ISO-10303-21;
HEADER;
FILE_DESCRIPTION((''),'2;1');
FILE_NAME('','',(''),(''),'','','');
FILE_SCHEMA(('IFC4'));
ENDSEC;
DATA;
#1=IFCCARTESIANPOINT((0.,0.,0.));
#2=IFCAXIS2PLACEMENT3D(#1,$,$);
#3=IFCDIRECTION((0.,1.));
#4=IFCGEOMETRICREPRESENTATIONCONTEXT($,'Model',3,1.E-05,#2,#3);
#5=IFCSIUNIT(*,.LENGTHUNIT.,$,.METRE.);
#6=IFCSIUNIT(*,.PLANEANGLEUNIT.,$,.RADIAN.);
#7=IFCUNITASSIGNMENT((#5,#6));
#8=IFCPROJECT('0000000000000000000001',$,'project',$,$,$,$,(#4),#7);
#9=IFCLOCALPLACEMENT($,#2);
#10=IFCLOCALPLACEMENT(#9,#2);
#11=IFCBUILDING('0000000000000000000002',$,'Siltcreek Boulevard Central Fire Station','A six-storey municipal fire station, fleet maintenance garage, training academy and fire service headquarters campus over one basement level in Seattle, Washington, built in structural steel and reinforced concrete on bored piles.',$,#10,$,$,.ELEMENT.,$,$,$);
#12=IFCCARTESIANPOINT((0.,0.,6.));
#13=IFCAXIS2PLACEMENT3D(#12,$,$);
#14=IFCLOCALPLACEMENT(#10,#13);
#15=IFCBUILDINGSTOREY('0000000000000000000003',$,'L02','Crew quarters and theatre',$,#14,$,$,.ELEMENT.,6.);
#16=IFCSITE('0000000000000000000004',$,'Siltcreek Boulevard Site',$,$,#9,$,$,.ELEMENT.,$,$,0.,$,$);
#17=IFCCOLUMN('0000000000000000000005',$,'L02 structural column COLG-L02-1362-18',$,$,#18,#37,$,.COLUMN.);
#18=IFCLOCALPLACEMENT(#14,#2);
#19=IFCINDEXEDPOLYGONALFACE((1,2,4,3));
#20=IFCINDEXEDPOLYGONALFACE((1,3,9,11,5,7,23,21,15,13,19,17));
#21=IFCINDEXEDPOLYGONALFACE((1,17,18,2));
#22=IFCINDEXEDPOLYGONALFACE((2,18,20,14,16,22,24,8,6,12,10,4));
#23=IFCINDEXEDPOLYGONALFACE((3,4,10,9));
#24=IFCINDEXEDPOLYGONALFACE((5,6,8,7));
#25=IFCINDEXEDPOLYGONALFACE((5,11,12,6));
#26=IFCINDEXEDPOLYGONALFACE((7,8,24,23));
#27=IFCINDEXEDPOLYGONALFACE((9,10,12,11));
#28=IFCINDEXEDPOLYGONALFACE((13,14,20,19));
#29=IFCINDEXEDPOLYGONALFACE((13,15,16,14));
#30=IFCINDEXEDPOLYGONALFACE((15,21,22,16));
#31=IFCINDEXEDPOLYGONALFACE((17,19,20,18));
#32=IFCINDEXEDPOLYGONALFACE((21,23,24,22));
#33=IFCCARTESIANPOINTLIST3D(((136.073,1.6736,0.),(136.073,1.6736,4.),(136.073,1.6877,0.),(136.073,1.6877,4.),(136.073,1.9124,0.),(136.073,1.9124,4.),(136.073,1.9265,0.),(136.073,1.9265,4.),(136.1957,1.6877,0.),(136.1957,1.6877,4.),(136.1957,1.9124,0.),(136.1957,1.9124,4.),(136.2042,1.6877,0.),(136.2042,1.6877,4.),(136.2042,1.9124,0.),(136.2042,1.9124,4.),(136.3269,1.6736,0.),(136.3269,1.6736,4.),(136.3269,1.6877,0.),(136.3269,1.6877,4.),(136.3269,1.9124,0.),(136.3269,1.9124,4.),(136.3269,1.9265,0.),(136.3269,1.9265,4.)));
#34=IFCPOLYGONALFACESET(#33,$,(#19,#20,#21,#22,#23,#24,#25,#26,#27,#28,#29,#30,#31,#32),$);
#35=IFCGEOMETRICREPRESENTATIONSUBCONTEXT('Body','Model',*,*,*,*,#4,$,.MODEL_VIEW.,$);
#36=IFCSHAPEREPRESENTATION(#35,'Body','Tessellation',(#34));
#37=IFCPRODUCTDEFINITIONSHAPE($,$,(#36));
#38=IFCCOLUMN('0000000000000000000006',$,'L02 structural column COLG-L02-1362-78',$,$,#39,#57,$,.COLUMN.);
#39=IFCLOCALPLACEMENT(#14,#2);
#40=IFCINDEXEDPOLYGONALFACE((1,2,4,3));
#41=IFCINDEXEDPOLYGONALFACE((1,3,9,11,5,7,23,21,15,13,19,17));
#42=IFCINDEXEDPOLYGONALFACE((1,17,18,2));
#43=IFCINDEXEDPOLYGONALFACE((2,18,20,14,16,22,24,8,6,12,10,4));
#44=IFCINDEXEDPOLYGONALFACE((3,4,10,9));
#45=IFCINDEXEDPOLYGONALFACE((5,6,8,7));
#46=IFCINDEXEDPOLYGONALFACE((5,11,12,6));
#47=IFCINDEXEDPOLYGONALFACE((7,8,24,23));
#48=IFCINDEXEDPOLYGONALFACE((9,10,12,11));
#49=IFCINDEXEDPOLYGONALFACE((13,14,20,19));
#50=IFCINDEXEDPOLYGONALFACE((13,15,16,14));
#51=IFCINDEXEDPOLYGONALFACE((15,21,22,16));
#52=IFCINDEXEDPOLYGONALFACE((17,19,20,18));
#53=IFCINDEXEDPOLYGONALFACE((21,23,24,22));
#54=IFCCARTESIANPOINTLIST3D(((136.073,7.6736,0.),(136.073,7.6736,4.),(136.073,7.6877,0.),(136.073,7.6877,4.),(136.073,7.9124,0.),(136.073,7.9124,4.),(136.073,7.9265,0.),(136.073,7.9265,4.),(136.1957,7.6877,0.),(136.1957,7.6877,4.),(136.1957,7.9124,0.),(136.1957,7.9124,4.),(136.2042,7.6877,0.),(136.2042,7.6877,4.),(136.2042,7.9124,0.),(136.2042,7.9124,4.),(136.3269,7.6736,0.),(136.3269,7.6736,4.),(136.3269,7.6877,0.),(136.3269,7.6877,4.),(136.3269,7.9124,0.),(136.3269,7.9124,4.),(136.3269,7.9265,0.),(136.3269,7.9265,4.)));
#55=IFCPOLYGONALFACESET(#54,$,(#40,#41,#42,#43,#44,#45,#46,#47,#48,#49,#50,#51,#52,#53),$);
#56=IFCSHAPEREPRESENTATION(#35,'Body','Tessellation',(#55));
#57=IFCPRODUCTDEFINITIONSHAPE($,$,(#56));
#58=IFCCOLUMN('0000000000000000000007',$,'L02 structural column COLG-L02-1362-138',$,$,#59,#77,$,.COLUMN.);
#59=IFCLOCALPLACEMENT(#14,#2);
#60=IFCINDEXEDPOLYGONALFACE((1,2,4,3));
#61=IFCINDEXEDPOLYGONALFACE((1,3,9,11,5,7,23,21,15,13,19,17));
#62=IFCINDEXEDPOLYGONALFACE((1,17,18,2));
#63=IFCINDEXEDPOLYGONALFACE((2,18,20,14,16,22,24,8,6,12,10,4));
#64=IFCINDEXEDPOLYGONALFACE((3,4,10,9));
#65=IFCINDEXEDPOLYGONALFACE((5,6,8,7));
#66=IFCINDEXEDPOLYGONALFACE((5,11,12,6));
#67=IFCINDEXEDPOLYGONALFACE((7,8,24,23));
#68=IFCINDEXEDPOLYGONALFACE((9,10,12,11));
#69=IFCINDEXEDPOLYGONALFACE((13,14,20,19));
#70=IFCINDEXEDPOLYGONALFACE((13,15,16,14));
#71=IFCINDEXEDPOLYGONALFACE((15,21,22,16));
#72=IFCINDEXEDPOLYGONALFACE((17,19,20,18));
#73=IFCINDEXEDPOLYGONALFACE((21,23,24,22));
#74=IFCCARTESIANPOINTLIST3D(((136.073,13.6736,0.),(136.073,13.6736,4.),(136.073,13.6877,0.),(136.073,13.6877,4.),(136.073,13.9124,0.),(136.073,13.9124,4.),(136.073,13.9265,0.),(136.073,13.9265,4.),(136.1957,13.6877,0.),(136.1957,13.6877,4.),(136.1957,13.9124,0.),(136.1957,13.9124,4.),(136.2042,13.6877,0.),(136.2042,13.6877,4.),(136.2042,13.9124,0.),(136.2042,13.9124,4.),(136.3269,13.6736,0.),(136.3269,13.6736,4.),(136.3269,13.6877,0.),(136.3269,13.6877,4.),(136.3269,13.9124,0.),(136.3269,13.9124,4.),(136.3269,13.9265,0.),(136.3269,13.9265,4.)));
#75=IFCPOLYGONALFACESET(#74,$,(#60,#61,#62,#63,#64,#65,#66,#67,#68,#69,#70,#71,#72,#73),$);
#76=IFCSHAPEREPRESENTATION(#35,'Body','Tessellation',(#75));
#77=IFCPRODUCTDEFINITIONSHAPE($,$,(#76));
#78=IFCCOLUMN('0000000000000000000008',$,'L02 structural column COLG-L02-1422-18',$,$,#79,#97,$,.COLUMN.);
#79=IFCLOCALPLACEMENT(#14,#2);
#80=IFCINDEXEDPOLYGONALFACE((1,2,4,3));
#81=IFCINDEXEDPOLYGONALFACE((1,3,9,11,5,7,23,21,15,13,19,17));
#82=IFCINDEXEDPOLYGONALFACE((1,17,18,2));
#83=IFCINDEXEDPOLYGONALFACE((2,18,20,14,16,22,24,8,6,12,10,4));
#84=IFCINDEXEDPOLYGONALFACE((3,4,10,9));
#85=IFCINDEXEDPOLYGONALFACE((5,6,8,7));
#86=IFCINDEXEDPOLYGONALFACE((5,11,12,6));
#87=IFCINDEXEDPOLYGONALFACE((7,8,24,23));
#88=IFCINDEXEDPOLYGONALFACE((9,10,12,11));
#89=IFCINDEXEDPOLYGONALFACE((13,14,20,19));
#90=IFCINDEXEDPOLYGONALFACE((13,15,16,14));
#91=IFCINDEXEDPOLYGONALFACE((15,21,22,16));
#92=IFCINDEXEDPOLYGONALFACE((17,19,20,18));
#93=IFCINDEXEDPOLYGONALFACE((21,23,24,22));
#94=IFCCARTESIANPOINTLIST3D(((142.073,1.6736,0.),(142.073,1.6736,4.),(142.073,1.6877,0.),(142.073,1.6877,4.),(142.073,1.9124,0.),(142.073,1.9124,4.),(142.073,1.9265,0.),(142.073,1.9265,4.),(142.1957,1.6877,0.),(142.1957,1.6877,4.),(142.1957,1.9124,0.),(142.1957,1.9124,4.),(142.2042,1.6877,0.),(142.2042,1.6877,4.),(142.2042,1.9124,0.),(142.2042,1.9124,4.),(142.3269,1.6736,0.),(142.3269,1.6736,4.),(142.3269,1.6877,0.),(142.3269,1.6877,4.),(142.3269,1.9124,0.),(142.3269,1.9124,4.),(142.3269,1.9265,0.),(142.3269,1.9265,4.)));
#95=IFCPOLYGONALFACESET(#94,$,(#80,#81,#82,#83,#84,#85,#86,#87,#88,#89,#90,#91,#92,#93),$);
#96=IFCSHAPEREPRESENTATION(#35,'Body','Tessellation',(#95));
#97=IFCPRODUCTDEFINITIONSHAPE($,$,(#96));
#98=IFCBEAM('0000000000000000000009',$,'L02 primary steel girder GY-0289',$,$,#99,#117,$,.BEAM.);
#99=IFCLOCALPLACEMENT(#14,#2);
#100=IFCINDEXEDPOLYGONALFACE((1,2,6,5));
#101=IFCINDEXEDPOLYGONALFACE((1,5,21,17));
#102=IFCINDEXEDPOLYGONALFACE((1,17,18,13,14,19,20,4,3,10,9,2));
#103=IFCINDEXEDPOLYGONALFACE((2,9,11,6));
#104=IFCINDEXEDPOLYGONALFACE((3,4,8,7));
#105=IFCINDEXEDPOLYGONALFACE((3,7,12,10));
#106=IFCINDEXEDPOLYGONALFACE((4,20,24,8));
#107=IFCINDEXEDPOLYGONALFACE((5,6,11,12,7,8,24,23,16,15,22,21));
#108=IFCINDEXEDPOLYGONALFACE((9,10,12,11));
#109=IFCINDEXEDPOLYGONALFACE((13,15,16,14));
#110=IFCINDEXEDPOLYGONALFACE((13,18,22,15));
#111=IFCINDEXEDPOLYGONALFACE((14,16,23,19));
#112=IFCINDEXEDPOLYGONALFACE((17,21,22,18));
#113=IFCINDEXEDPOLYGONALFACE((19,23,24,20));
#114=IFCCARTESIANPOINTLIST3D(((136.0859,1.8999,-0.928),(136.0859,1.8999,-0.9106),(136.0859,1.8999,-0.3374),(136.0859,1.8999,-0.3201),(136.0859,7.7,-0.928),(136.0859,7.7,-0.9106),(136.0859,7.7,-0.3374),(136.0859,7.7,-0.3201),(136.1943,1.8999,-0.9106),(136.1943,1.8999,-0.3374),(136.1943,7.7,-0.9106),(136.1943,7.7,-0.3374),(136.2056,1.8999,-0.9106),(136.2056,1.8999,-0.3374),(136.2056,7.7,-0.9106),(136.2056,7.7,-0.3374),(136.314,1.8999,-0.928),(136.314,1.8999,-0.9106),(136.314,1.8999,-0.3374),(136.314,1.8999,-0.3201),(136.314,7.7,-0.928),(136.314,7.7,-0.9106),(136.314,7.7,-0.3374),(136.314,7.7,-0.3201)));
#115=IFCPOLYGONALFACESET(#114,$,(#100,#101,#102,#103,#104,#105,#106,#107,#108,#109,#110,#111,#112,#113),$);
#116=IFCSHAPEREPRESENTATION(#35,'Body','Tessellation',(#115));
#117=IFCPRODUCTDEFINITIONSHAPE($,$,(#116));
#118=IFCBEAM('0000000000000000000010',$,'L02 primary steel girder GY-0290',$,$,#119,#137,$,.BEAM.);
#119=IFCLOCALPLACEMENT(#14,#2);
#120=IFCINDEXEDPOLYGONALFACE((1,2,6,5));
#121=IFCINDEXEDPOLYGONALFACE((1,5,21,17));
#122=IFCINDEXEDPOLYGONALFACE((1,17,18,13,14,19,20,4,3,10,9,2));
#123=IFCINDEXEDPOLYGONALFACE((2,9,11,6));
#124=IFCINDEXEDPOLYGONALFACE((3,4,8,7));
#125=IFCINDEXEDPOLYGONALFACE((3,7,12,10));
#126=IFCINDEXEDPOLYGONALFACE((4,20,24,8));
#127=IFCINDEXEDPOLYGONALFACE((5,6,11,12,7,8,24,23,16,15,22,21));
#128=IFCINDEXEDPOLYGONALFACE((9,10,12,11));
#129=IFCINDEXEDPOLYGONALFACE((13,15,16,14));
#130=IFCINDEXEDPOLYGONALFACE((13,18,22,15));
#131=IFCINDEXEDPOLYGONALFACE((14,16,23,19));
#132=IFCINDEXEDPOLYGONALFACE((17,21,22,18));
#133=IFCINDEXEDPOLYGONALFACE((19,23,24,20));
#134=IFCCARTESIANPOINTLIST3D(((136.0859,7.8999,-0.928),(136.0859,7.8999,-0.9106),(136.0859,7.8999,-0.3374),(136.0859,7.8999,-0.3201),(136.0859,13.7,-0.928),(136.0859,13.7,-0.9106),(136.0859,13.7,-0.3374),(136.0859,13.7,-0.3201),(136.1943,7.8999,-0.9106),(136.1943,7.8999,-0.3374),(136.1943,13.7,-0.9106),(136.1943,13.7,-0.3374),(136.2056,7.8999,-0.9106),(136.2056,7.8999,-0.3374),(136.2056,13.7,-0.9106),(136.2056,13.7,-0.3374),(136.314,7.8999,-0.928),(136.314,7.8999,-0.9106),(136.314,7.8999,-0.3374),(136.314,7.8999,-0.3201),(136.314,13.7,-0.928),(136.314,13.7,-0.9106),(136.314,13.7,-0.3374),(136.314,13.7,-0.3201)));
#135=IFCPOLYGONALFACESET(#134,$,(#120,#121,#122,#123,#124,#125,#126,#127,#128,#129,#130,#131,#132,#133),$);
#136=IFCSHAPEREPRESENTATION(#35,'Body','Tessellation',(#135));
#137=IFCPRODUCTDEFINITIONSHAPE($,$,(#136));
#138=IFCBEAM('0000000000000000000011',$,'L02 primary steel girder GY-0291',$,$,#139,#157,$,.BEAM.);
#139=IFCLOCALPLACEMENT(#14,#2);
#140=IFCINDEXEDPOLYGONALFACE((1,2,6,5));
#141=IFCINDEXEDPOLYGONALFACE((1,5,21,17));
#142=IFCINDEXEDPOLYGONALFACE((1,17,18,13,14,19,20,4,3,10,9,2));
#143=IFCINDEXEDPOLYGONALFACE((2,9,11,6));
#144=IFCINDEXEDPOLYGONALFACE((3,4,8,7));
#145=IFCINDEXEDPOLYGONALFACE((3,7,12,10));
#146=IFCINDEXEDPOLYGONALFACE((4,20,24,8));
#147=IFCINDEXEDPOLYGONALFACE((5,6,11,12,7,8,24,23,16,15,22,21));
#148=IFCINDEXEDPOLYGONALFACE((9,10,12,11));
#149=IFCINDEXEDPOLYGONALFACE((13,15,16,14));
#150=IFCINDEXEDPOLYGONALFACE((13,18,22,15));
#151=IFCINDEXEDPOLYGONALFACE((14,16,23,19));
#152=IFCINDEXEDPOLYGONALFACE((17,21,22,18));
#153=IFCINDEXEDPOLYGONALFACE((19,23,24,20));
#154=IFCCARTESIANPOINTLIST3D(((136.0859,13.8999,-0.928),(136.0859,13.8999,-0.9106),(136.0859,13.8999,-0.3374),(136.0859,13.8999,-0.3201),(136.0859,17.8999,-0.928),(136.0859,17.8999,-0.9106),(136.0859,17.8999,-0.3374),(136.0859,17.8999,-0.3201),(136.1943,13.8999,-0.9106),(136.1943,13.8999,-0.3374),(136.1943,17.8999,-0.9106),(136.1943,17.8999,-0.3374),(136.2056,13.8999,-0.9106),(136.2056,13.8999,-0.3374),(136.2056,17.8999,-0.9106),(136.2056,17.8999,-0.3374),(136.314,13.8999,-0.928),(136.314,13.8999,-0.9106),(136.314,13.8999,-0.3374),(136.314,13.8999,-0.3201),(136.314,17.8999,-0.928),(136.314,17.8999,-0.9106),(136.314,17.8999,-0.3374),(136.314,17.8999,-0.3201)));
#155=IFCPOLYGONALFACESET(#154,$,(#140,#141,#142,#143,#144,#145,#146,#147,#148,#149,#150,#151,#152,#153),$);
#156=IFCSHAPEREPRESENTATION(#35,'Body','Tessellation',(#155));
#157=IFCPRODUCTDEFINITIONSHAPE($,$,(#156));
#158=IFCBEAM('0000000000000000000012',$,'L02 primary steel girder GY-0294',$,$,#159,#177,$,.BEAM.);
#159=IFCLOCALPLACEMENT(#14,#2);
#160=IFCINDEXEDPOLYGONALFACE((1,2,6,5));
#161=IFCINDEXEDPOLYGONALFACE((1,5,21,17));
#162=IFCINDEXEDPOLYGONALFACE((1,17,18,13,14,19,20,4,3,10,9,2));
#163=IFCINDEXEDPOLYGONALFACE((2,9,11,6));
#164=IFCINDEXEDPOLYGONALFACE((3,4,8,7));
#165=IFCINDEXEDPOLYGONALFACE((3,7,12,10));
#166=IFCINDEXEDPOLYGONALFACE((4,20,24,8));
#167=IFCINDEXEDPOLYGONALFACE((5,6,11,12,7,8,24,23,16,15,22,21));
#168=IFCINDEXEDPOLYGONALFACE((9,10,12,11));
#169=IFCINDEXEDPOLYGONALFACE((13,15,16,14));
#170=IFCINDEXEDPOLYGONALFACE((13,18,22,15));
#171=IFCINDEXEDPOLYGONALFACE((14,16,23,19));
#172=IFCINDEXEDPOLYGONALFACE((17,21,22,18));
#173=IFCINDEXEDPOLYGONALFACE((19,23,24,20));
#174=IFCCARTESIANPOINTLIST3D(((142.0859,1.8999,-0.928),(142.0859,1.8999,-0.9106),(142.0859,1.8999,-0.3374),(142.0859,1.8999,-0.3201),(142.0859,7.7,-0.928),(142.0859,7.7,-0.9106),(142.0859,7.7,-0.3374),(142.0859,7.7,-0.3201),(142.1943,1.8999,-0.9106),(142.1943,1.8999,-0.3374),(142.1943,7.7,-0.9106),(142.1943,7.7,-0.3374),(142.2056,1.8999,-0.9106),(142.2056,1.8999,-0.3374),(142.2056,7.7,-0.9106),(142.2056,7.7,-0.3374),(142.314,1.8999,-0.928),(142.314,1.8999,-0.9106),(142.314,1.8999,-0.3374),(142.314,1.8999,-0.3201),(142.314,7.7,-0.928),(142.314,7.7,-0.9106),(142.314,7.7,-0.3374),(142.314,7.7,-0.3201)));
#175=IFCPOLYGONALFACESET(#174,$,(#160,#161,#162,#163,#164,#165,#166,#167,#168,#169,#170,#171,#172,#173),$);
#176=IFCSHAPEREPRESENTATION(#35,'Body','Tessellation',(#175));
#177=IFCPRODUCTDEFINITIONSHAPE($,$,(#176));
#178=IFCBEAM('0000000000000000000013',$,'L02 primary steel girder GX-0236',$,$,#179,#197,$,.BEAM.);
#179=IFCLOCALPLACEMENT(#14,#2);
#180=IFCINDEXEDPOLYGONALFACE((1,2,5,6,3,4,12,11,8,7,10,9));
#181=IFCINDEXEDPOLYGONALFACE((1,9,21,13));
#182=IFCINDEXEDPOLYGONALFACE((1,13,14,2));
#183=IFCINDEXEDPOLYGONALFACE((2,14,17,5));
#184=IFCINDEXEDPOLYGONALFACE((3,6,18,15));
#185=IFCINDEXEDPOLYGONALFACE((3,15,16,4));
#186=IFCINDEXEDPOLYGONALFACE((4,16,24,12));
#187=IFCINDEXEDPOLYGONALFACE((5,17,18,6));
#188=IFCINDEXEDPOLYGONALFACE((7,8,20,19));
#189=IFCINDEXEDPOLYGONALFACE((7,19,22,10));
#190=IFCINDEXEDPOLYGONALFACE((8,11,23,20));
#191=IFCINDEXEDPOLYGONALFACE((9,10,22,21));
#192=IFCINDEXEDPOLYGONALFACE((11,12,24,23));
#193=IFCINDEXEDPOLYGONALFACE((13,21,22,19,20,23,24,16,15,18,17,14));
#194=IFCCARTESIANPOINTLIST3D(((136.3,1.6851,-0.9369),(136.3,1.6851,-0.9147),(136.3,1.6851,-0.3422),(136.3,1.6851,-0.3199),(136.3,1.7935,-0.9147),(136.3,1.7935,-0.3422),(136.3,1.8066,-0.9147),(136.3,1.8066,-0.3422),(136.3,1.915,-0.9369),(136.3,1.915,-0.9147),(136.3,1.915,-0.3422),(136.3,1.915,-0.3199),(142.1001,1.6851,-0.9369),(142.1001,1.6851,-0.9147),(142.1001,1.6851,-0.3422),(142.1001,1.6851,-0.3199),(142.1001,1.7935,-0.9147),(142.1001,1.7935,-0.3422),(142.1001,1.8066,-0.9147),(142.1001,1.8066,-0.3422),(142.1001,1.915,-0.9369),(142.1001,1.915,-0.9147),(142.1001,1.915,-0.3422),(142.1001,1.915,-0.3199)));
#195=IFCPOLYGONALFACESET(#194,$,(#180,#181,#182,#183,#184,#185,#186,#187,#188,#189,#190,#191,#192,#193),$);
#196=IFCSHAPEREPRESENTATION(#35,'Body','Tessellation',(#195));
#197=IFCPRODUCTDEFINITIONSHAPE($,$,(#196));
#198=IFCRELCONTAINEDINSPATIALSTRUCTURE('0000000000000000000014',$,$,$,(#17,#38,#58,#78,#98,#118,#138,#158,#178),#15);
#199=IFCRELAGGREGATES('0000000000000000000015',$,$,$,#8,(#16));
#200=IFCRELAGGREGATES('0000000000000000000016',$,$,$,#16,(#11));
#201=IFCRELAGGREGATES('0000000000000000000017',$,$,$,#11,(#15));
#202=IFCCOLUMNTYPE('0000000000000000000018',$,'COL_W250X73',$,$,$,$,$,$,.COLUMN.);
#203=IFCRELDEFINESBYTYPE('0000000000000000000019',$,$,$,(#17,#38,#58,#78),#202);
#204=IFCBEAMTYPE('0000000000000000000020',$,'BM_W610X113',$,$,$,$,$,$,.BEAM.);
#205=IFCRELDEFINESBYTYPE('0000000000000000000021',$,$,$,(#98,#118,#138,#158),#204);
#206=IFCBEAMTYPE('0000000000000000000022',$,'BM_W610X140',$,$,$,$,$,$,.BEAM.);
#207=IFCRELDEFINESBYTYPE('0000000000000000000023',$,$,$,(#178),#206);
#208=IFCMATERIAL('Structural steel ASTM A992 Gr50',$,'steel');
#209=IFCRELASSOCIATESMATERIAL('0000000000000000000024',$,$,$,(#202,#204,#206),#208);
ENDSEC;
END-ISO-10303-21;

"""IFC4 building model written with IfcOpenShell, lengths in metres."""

from ifc_helpers import new_model, si_unit, direction, frame, origin, origin_2d, place, context, subcontext, project, spatial, i_section, extrude, material, material_profile, profile_set, type_object, element, save


model = new_model("IFC4")

# Units and contexts
model_context = context("Model", 3, precision=1e-05, world=origin(), true_north=direction((0.0, 1.0)))
body_context = subcontext(model_context, "Body", "Model", "MODEL_VIEW")
ifc_project = project(units=[si_unit("LENGTHUNIT", "METRE"), si_unit("PLANEANGLEUNIT", "RADIAN")], contexts=[model_context])

# Site, building, storey
site_placement = place(None, origin())
site = spatial("IfcSite", under=ifc_project, at=site_placement, Name="Siltcreek Boulevard Site", CompositionType="ELEMENT", RefElevation=0.0)
building_placement = place(site_placement, origin())
building = spatial("IfcBuilding", under=site, at=building_placement, Name="Siltcreek Boulevard Central Fire Station", Description="A six-storey municipal fire station, fleet maintenance garage, training academy and fire service headquarters campus over one basement level in Seattle, Washington, built in structural steel and reinforced concrete on bored piles.", CompositionType="ELEMENT")
storey_placement = place(building_placement, frame((0.0, 0.0, 6.0)))
storey = spatial("IfcBuildingStorey", under=building, at=storey_placement, Name="L02", Description="Crew quarters and theatre", CompositionType="ELEMENT", Elevation=6.0)

# Columns
ifc_material_1 = material(Name="Structural steel ASTM A992 Gr50", Category="steel")
ifc_material_profile_1 = material_profile(ifc_material_1, i_section(OverallWidth=0.2539, OverallDepth=0.2529, WebThickness=0.0085, FlangeThickness=0.0142, at=origin_2d()), Name="W250X73")
ifc_profile_set_1 = profile_set([ifc_material_profile_1], Name="Structural steel ASTM A992 Gr50")
column_type = type_object("IfcColumnType", Name="COL_W250X73", PredefinedType="COLUMN", material=ifc_profile_set_1)
for number, where, z_axis, x_axis, name in (
    (1, (136.2, 1.8, 0.0), (0.0, 0.0, 1.0), (1.0, 0.0, 0.0), "L02 structural column COLG-L02-1362-18"),
    (2, (136.2, 7.8, 0.0), (0.0, 0.0, 1.0), (1.0, 0.0, 0.0), "L02 structural column COLG-L02-1362-78"),
    (3, (136.2, 13.8, 0.0), (0.0, 0.0, 1.0), (1.0, 0.0, 0.0), "L02 structural column COLG-L02-1362-138"),
    (4, (142.2, 1.8, 0.0), (0.0, 0.0, 1.0), (1.0, 0.0, 0.0), "L02 structural column COLG-L02-1422-18"),
):
    element("IfcColumn", number, at=place(storey_placement, frame(where, z_axis=z_axis, x_axis=x_axis)), inside=storey, type_object=column_type, Name=name, PredefinedType="COLUMN", context=body_context, shape_type="SweptSolid", body=[
        extrude(i_section(OverallWidth=0.2539, OverallDepth=0.2529, WebThickness=0.0085, FlangeThickness=0.0142, at=origin_2d()), origin(), (0.0, 0.0, 1.0), 4.0),
    ])

# Beams
ifc_material_profile_2 = material_profile(ifc_material_1, i_section(OverallWidth=0.228, OverallDepth=0.6079, WebThickness=0.0112, FlangeThickness=0.0173, at=origin_2d()), Name="W610X113")
ifc_profile_set_2 = profile_set([ifc_material_profile_2], Name="Structural steel ASTM A992 Gr50")
beam_type_1 = type_object("IfcBeamType", Name="BM_W610X113", PredefinedType="BEAM", material=ifc_profile_set_2)
for number, where, z_axis, x_axis, name in (
    (5, (136.2, 1.8999, -0.624), (0.0, 1.0, 0.0), (-1.0, 0.0, 0.0), "L02 primary steel girder GY-0289"),
    (6, (136.2, 7.8999, -0.624), (0.0, 1.0, 0.0), (-1.0, 0.0, 0.0), "L02 primary steel girder GY-0290"),
):
    element("IfcBeam", number, at=place(storey_placement, frame(where, z_axis=z_axis, x_axis=x_axis)), inside=storey, type_object=beam_type_1, Name=name, PredefinedType="BEAM", context=body_context, shape_type="SweptSolid", body=[
        extrude(i_section(OverallWidth=0.228, OverallDepth=0.6079, WebThickness=0.0112, FlangeThickness=0.0173, at=origin_2d()), origin(), (0.0, 0.0, 1.0), 5.8),
    ])
beam_1_placement = place(storey_placement, frame((136.2, 13.8999, -0.624), z_axis=(0.0, 1.0, 0.0), x_axis=(-1.0, 0.0, 0.0)))
element("IfcBeam", 7, at=beam_1_placement, inside=storey, type_object=beam_type_1, Name="L02 primary steel girder GY-0291", PredefinedType="BEAM", context=body_context, shape_type="SweptSolid", body=[
    extrude(i_section(OverallWidth=0.228, OverallDepth=0.6079, WebThickness=0.0112, FlangeThickness=0.0173, at=origin_2d()), origin(), (0.0, 0.0, 1.0), 4.0),
])
beam_2_placement = place(storey_placement, frame((142.2, 1.8999, -0.624), z_axis=(0.0, 1.0, 0.0), x_axis=(-1.0, 0.0, 0.0)))
element("IfcBeam", 8, at=beam_2_placement, inside=storey, type_object=beam_type_1, Name="L02 primary steel girder GY-0294", PredefinedType="BEAM", context=body_context, shape_type="SweptSolid", body=[
    extrude(i_section(OverallWidth=0.228, OverallDepth=0.6079, WebThickness=0.0112, FlangeThickness=0.0173, at=origin_2d()), origin(), (0.0, 0.0, 1.0), 5.8),
])
ifc_material_profile_3 = material_profile(ifc_material_1, i_section(OverallWidth=0.23, OverallDepth=0.6169, WebThickness=0.0132, FlangeThickness=0.0222, at=origin_2d()), Name="W610X140")
ifc_profile_set_3 = profile_set([ifc_material_profile_3], Name="Structural steel ASTM A992 Gr50")
beam_type_2 = type_object("IfcBeamType", Name="BM_W610X140", PredefinedType="BEAM", material=ifc_profile_set_3)
for number, where, z_axis, x_axis, name in (
    (9, (136.3, 1.8, -0.6284), (1.0, 0.0, 0.0), (0.0, 1.0, 0.0), "L02 primary steel girder GX-0236"),
):
    element("IfcBeam", number, at=place(storey_placement, frame(where, z_axis=z_axis, x_axis=x_axis)), inside=storey, type_object=beam_type_2, Name=name, PredefinedType="BEAM", context=body_context, shape_type="SweptSolid", body=[
        extrude(i_section(OverallWidth=0.23, OverallDepth=0.6169, WebThickness=0.0132, FlangeThickness=0.0222, at=origin_2d()), origin(), (0.0, 0.0, 1.0), 5.8),
    ])

save(model, "model.ifc")
